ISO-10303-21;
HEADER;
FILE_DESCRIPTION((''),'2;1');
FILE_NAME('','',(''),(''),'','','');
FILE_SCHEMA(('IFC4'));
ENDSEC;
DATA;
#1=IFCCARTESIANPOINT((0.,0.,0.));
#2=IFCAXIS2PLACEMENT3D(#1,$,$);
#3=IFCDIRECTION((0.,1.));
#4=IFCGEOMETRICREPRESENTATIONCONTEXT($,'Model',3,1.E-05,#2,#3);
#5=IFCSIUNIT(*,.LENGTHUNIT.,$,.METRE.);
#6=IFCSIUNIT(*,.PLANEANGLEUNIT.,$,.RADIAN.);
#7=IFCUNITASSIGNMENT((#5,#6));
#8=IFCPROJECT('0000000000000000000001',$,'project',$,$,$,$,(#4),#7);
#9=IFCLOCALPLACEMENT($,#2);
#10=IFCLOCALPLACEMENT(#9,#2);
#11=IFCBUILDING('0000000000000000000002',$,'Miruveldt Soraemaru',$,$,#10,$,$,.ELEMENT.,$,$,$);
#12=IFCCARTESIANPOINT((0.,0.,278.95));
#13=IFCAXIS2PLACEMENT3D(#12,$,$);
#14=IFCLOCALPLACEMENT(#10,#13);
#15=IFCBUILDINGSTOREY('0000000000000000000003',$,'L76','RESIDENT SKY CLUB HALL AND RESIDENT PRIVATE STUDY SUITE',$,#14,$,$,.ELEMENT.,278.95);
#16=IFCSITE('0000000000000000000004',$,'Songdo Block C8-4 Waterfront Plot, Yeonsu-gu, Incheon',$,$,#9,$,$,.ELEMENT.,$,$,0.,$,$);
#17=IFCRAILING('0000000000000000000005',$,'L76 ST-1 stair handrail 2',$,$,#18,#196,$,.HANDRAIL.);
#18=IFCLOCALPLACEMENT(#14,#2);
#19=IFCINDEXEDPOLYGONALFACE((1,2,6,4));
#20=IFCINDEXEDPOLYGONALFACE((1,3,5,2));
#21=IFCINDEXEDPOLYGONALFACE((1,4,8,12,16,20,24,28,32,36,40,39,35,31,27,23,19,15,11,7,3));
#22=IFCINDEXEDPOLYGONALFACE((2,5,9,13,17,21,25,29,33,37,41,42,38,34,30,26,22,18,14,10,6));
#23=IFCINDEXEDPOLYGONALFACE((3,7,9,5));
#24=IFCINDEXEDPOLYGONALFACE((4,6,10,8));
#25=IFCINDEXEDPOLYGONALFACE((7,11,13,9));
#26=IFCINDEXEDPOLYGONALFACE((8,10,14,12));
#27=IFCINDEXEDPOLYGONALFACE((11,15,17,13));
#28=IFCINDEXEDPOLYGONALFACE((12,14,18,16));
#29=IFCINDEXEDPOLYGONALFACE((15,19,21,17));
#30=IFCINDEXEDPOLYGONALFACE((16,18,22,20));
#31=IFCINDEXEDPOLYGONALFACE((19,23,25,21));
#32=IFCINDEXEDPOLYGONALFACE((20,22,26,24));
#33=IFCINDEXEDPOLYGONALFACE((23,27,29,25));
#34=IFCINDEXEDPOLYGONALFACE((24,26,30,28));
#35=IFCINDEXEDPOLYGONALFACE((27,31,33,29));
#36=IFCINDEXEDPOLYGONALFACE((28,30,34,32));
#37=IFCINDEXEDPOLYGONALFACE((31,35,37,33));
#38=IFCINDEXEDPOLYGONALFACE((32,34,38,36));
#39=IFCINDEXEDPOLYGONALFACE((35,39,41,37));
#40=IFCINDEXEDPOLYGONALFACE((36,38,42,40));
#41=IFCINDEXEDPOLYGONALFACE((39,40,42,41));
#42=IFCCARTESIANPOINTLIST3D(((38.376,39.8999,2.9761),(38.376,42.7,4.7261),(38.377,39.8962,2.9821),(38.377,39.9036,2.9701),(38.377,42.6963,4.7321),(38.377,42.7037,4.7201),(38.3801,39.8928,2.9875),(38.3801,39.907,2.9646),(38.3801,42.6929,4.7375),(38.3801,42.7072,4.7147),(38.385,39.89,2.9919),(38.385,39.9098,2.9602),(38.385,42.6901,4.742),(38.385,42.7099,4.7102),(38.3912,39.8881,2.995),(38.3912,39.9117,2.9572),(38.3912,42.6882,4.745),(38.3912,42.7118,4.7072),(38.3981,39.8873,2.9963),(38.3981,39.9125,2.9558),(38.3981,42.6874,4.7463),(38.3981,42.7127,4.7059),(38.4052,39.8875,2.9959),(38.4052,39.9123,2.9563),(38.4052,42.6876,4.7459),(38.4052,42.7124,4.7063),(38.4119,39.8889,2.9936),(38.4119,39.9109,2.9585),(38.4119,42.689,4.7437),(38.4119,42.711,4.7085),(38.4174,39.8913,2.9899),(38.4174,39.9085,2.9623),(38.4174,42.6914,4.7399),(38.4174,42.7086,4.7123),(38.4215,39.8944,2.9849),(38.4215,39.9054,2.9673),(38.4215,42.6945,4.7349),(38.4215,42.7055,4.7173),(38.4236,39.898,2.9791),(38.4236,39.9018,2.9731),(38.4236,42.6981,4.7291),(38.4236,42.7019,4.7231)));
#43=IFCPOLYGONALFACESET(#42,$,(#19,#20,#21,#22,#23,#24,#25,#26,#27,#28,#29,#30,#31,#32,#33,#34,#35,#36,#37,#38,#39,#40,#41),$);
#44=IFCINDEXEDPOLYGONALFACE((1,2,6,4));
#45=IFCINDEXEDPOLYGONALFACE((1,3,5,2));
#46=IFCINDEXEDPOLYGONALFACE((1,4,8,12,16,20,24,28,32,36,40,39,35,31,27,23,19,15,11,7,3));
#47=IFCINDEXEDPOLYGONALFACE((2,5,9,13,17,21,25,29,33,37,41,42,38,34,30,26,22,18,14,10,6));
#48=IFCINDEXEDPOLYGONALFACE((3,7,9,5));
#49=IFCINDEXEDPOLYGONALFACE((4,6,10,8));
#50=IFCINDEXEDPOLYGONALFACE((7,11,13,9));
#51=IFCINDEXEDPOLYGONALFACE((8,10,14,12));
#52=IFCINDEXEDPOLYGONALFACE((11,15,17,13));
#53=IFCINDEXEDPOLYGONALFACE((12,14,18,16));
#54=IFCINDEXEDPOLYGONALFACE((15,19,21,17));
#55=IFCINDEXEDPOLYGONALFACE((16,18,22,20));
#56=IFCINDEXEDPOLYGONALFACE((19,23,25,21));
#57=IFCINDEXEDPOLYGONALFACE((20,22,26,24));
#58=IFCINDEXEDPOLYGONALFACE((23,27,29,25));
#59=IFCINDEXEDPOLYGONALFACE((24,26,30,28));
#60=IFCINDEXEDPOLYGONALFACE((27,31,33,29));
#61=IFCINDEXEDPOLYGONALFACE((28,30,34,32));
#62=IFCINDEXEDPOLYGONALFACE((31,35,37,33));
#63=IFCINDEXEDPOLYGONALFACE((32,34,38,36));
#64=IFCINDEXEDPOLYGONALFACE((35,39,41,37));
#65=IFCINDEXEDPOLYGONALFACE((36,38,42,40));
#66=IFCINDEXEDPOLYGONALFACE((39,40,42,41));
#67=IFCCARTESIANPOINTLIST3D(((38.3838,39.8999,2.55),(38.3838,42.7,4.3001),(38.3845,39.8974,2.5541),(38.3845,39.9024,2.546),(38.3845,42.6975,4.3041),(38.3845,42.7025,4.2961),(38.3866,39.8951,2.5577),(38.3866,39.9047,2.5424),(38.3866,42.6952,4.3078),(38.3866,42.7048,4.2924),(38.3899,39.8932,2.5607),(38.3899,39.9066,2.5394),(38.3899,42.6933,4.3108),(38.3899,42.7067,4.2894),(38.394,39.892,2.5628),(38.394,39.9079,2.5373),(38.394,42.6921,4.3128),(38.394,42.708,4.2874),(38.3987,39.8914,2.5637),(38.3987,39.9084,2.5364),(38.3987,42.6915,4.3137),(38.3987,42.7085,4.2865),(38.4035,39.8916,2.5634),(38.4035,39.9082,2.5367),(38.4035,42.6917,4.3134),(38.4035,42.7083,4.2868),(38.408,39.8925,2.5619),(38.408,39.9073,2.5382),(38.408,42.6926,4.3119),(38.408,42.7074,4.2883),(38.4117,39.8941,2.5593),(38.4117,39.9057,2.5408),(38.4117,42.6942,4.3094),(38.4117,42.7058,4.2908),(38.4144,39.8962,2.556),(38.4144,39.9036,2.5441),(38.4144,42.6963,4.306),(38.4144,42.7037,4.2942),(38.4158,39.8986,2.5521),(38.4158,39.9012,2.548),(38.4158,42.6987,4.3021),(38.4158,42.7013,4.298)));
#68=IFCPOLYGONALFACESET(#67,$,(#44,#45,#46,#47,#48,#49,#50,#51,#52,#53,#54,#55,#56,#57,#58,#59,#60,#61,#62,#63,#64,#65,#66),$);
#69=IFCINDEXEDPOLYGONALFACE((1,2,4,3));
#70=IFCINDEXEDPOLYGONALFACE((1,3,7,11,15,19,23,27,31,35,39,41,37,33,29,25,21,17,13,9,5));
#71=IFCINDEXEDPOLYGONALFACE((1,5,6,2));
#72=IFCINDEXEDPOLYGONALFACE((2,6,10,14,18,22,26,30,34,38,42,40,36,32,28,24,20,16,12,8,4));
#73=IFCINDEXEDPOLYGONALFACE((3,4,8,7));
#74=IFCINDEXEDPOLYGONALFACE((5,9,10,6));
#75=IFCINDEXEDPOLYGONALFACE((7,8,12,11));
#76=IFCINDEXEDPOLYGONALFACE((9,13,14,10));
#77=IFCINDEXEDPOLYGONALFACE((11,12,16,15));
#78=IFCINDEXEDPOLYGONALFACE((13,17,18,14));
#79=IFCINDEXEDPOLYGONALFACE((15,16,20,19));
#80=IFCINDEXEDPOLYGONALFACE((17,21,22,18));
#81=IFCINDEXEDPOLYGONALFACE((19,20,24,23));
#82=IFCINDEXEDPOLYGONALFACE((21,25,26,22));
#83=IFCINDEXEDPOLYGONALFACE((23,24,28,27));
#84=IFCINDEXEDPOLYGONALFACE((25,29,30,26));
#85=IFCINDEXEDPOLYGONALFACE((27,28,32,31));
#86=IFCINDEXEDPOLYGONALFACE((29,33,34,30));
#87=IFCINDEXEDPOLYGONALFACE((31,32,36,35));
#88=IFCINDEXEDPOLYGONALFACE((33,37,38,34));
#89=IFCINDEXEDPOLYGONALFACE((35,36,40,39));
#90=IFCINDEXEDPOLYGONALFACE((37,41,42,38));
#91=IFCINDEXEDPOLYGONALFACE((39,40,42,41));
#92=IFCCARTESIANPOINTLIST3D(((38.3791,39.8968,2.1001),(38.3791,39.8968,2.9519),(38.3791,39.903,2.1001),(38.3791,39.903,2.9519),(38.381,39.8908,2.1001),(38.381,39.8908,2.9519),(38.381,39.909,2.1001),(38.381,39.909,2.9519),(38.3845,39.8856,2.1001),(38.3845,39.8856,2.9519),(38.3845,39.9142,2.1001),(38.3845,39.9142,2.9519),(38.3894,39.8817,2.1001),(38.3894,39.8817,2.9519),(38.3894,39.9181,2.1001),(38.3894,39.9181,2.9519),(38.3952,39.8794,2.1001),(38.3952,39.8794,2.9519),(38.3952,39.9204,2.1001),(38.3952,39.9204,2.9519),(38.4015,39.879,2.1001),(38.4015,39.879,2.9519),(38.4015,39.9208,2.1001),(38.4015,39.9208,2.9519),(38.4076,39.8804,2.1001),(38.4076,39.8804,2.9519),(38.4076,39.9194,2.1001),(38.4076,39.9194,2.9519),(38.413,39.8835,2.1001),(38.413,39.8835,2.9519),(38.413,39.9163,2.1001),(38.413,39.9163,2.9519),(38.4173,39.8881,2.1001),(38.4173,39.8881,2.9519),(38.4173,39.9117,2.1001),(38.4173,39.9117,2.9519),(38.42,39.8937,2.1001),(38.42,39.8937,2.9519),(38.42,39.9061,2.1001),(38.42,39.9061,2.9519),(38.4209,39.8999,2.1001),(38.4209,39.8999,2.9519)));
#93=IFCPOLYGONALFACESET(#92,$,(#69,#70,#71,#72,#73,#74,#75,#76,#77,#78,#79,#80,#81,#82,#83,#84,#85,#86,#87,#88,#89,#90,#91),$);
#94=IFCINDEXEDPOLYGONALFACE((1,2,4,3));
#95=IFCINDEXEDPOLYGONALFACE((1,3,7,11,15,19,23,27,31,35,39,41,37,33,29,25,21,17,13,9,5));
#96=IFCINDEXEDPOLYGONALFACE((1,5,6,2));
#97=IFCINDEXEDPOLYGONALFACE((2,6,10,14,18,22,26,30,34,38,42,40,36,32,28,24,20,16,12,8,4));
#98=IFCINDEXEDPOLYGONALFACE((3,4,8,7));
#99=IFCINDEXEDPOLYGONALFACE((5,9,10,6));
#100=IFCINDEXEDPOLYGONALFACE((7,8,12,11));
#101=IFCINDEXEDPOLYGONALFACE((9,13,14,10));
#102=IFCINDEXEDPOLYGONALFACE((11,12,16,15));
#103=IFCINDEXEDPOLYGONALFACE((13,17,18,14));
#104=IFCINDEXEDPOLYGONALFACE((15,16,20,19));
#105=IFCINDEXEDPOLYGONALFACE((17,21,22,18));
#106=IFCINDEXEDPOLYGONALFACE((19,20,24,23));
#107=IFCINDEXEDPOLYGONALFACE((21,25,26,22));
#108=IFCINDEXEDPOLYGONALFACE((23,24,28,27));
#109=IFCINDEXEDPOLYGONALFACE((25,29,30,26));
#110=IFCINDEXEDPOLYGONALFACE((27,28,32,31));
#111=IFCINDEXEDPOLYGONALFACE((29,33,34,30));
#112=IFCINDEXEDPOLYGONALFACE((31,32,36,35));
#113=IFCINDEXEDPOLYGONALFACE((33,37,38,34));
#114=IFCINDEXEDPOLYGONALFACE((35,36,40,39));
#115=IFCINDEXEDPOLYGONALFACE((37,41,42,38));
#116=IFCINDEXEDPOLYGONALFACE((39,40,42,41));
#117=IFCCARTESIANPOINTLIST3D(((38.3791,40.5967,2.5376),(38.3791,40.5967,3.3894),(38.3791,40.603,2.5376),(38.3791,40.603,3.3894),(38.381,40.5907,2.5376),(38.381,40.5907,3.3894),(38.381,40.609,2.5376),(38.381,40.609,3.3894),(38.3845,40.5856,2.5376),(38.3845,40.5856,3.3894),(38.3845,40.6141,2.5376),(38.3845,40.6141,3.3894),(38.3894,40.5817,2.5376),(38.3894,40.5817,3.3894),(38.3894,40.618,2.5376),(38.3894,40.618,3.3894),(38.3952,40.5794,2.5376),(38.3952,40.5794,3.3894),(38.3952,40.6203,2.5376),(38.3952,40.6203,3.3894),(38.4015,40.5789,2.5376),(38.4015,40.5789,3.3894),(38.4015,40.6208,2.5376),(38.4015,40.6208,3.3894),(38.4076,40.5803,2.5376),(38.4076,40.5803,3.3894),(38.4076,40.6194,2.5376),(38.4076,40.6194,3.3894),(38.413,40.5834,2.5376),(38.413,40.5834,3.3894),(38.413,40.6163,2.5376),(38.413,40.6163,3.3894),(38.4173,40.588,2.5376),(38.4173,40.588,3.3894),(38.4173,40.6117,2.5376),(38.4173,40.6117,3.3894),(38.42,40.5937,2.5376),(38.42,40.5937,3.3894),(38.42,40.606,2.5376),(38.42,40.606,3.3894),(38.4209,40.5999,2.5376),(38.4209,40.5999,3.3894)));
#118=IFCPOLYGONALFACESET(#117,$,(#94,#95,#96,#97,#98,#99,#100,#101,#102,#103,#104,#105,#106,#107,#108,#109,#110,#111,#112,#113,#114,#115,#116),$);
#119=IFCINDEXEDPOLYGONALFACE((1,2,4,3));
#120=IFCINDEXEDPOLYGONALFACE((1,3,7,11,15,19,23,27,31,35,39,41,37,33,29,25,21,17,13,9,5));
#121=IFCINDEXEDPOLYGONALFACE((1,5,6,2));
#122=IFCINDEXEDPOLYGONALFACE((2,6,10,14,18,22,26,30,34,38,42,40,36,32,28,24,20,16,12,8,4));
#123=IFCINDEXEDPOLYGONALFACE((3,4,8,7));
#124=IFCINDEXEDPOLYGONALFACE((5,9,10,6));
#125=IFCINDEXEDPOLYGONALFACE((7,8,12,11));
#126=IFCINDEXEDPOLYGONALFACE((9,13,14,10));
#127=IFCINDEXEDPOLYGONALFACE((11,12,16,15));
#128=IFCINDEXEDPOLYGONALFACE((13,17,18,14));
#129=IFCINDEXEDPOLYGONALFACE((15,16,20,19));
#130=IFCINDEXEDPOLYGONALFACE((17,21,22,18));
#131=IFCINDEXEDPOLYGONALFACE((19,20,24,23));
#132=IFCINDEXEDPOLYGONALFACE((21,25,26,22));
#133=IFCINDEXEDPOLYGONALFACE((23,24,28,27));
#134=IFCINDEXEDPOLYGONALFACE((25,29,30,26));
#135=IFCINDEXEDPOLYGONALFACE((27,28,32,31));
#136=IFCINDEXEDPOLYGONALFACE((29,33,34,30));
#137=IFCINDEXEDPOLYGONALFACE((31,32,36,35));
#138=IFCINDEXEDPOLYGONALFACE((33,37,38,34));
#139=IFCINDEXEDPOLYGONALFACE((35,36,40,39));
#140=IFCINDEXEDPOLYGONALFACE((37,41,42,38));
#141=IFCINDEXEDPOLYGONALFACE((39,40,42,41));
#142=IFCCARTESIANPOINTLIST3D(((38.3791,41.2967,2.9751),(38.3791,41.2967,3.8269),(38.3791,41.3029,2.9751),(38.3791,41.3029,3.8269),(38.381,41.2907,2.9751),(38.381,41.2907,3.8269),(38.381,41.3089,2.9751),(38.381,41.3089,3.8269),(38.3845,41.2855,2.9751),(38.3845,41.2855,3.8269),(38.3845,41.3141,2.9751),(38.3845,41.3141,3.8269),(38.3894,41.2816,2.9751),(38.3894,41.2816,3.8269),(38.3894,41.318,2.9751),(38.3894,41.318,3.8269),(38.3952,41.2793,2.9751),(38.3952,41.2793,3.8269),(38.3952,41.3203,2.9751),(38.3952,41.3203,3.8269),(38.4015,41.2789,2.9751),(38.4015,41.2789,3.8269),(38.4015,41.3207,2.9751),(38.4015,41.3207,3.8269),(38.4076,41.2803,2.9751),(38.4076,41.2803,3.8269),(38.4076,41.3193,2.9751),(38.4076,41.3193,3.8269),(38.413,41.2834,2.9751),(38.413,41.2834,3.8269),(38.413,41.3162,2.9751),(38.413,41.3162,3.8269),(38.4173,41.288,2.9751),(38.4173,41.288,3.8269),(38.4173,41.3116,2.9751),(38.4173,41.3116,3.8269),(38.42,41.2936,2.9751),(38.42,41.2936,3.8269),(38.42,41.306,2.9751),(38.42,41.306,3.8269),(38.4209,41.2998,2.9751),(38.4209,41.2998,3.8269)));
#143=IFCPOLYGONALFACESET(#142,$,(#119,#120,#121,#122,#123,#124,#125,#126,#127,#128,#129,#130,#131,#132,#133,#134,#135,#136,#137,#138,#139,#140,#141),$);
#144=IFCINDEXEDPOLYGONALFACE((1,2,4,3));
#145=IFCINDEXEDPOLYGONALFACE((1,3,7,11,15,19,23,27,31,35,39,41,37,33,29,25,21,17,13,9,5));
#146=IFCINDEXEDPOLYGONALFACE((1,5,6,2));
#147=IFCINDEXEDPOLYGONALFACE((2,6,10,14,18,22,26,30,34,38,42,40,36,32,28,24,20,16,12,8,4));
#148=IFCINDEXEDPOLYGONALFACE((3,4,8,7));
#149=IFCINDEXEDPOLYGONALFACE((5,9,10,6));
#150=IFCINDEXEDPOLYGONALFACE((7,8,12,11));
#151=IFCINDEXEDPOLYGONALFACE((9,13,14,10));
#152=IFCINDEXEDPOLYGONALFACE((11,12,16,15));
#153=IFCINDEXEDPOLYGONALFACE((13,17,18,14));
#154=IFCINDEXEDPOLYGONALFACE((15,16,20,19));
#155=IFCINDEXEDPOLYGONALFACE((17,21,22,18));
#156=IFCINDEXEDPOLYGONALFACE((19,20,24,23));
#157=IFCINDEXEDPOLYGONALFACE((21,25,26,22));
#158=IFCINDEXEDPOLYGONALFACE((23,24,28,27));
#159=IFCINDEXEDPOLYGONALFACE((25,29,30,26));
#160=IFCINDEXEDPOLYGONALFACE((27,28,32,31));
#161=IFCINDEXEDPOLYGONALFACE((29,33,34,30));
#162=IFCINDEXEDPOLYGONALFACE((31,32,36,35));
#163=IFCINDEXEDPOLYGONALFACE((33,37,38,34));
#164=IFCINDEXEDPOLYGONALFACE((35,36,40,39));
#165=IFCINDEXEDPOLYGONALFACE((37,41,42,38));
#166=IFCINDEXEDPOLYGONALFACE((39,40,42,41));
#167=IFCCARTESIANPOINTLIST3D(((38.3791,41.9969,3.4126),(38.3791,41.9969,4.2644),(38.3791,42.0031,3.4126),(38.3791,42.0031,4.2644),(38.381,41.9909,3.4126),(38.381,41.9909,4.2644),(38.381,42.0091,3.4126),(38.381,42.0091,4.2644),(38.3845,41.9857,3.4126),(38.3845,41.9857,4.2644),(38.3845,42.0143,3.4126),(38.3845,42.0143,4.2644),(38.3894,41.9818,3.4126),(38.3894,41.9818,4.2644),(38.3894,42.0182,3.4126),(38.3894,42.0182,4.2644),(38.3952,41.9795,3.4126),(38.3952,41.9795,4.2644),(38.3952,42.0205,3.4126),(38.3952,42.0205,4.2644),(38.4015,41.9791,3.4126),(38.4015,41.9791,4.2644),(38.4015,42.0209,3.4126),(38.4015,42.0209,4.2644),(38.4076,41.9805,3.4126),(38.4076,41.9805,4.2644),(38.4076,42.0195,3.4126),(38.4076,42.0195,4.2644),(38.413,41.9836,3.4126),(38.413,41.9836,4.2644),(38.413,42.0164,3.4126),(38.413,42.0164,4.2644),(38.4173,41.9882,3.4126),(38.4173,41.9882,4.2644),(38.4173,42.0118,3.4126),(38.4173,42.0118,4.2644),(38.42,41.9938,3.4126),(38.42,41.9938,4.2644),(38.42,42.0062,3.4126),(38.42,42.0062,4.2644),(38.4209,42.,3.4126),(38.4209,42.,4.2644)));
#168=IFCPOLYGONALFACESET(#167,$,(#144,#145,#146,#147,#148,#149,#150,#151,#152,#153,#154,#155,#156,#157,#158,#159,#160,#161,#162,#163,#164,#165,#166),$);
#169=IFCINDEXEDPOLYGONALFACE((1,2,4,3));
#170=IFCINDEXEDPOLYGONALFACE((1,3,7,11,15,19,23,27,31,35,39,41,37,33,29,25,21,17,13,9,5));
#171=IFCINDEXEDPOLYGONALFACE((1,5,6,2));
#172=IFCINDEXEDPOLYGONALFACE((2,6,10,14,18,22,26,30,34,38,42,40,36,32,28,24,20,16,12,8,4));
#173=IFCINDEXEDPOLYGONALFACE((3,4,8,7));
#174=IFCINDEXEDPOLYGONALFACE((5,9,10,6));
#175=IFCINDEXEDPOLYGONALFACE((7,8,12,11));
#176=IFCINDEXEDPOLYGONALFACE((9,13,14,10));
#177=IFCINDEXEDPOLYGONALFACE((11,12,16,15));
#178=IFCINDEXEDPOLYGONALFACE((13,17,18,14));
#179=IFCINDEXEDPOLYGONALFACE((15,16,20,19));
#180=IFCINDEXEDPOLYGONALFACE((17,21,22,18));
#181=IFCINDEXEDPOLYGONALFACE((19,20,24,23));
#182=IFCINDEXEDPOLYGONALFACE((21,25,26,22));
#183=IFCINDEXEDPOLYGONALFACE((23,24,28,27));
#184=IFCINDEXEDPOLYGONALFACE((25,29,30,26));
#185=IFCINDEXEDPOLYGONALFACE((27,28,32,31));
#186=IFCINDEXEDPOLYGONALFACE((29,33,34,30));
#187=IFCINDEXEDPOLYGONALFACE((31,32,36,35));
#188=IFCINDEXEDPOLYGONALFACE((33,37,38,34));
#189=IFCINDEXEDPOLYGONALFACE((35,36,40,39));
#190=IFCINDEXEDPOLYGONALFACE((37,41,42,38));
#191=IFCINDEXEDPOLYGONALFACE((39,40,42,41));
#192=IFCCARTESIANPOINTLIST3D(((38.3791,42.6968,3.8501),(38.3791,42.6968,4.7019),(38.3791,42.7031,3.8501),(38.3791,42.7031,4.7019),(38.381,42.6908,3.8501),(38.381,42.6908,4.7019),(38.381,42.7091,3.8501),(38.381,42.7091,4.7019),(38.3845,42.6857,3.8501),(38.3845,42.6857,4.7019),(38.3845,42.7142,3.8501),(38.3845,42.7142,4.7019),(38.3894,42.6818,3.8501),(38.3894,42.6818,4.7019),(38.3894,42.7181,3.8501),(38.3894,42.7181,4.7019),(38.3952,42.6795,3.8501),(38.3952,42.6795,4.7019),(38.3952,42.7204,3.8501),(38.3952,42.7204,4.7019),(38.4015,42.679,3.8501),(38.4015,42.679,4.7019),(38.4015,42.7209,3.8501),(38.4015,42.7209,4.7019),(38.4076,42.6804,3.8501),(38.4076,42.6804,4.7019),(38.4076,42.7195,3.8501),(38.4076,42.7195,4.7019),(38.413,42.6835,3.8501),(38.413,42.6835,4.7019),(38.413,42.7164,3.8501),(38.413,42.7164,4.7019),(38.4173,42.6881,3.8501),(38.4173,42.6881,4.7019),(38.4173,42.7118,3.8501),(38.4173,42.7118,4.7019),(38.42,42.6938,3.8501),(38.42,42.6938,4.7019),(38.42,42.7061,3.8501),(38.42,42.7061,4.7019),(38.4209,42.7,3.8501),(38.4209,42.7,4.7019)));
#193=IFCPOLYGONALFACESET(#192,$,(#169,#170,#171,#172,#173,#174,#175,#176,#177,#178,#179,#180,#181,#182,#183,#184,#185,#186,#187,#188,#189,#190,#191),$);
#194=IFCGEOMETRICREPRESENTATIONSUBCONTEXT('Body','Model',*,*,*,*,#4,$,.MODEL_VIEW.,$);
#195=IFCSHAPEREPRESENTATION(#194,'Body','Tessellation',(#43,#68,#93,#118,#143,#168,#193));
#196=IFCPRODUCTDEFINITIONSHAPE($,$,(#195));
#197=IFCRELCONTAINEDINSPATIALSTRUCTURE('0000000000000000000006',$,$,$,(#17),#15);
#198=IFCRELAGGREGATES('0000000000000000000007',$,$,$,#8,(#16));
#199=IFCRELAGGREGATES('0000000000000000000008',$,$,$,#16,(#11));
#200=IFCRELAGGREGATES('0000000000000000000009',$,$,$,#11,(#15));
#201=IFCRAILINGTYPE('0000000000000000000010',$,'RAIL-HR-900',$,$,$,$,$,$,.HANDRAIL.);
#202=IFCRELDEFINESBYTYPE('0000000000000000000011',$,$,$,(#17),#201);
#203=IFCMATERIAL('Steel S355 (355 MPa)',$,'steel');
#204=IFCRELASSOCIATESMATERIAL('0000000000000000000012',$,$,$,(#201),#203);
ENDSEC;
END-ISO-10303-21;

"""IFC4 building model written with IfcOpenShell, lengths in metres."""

from ifc_helpers import new_model, si_unit, direction, frame, origin, origin_2d, place, context, subcontext, project, spatial, circle, extrude, material, type_object, element, save


model = new_model("IFC4")

# Units and contexts
model_context = context("Model", 3, precision=1e-05, world=origin(), true_north=direction((0.0, 1.0)))
body_context = subcontext(model_context, "Body", "Model", "MODEL_VIEW")
ifc_project = project(units=[si_unit("LENGTHUNIT", "METRE"), si_unit("PLANEANGLEUNIT", "RADIAN")], contexts=[model_context])

# Site, building, storey
site_placement = place(None, origin())
site = spatial("IfcSite", under=ifc_project, at=site_placement, Name="Songdo Block C8-4 Waterfront Plot, Yeonsu-gu, Incheon", CompositionType="ELEMENT", RefElevation=0.0)
building_placement = place(site_placement, origin())
building = spatial("IfcBuilding", under=site, at=building_placement, Name="Miruveldt Soraemaru", CompositionType="ELEMENT")
storey_placement = place(building_placement, frame((0.0, 0.0, 278.95)))
storey = spatial("IfcBuildingStorey", under=building, at=storey_placement, Name="L76", Description="RESIDENT SKY CLUB HALL AND RESIDENT PRIVATE STUDY SUITE", CompositionType="ELEMENT", Elevation=278.95)

# Railing
ifc_material_1 = material(Name="Steel S355 (355 MPa)", Category="steel")
railing_type_1 = type_object("IfcRailingType", Name="RAIL-HR-900", PredefinedType="HANDRAIL", material=ifc_material_1)
railing_1_placement = place(storey_placement, frame((38.3999, 39.8999, 2.1001)))
element("IfcRailing", 1, at=railing_1_placement, inside=storey, type_object=railing_type_1, Name="L76 ST-1 stair handrail 2", PredefinedType="HANDRAIL", context=body_context, shape_type="SweptSolid", body=[
    extrude(circle(Radius=0.0239, at=origin_2d()), frame((0.0, 0.0, 0.876), z_axis=(0.0, 0.848002, 0.529992), x_axis=(-1.0, 0.0, 0.0)), (0.0, 0.0, 1.0), 3.302),
    extrude(circle(Radius=0.0161, at=origin_2d()), frame((0.0, 0.0, 0.45), z_axis=(0.0, 0.848002, 0.529992), x_axis=(-1.0, 0.0, 0.0)), (0.0, 0.0, 1.0), 3.302),
    extrude(circle(Radius=0.021, at=origin_2d()), origin(), (0.0, 0.0, 1.0), 0.8518),
    extrude(circle(Radius=0.021, at=origin_2d()), frame((0.0, 0.7, 0.4375)), (0.0, 0.0, 1.0), 0.8518),
    extrude(circle(Radius=0.021, at=origin_2d()), frame((0.0, 1.3999, 0.875)), (0.0, 0.0, 1.0), 0.8518),
    extrude(circle(Radius=0.021, at=origin_2d()), frame((0.0, 2.1001, 1.3125)), (0.0, 0.0, 1.0), 0.8518),
    extrude(circle(Radius=0.021, at=origin_2d()), frame((0.0, 2.8, 1.75)), (0.0, 0.0, 1.0), 0.8518),
])

save(model, "model.ifc")
